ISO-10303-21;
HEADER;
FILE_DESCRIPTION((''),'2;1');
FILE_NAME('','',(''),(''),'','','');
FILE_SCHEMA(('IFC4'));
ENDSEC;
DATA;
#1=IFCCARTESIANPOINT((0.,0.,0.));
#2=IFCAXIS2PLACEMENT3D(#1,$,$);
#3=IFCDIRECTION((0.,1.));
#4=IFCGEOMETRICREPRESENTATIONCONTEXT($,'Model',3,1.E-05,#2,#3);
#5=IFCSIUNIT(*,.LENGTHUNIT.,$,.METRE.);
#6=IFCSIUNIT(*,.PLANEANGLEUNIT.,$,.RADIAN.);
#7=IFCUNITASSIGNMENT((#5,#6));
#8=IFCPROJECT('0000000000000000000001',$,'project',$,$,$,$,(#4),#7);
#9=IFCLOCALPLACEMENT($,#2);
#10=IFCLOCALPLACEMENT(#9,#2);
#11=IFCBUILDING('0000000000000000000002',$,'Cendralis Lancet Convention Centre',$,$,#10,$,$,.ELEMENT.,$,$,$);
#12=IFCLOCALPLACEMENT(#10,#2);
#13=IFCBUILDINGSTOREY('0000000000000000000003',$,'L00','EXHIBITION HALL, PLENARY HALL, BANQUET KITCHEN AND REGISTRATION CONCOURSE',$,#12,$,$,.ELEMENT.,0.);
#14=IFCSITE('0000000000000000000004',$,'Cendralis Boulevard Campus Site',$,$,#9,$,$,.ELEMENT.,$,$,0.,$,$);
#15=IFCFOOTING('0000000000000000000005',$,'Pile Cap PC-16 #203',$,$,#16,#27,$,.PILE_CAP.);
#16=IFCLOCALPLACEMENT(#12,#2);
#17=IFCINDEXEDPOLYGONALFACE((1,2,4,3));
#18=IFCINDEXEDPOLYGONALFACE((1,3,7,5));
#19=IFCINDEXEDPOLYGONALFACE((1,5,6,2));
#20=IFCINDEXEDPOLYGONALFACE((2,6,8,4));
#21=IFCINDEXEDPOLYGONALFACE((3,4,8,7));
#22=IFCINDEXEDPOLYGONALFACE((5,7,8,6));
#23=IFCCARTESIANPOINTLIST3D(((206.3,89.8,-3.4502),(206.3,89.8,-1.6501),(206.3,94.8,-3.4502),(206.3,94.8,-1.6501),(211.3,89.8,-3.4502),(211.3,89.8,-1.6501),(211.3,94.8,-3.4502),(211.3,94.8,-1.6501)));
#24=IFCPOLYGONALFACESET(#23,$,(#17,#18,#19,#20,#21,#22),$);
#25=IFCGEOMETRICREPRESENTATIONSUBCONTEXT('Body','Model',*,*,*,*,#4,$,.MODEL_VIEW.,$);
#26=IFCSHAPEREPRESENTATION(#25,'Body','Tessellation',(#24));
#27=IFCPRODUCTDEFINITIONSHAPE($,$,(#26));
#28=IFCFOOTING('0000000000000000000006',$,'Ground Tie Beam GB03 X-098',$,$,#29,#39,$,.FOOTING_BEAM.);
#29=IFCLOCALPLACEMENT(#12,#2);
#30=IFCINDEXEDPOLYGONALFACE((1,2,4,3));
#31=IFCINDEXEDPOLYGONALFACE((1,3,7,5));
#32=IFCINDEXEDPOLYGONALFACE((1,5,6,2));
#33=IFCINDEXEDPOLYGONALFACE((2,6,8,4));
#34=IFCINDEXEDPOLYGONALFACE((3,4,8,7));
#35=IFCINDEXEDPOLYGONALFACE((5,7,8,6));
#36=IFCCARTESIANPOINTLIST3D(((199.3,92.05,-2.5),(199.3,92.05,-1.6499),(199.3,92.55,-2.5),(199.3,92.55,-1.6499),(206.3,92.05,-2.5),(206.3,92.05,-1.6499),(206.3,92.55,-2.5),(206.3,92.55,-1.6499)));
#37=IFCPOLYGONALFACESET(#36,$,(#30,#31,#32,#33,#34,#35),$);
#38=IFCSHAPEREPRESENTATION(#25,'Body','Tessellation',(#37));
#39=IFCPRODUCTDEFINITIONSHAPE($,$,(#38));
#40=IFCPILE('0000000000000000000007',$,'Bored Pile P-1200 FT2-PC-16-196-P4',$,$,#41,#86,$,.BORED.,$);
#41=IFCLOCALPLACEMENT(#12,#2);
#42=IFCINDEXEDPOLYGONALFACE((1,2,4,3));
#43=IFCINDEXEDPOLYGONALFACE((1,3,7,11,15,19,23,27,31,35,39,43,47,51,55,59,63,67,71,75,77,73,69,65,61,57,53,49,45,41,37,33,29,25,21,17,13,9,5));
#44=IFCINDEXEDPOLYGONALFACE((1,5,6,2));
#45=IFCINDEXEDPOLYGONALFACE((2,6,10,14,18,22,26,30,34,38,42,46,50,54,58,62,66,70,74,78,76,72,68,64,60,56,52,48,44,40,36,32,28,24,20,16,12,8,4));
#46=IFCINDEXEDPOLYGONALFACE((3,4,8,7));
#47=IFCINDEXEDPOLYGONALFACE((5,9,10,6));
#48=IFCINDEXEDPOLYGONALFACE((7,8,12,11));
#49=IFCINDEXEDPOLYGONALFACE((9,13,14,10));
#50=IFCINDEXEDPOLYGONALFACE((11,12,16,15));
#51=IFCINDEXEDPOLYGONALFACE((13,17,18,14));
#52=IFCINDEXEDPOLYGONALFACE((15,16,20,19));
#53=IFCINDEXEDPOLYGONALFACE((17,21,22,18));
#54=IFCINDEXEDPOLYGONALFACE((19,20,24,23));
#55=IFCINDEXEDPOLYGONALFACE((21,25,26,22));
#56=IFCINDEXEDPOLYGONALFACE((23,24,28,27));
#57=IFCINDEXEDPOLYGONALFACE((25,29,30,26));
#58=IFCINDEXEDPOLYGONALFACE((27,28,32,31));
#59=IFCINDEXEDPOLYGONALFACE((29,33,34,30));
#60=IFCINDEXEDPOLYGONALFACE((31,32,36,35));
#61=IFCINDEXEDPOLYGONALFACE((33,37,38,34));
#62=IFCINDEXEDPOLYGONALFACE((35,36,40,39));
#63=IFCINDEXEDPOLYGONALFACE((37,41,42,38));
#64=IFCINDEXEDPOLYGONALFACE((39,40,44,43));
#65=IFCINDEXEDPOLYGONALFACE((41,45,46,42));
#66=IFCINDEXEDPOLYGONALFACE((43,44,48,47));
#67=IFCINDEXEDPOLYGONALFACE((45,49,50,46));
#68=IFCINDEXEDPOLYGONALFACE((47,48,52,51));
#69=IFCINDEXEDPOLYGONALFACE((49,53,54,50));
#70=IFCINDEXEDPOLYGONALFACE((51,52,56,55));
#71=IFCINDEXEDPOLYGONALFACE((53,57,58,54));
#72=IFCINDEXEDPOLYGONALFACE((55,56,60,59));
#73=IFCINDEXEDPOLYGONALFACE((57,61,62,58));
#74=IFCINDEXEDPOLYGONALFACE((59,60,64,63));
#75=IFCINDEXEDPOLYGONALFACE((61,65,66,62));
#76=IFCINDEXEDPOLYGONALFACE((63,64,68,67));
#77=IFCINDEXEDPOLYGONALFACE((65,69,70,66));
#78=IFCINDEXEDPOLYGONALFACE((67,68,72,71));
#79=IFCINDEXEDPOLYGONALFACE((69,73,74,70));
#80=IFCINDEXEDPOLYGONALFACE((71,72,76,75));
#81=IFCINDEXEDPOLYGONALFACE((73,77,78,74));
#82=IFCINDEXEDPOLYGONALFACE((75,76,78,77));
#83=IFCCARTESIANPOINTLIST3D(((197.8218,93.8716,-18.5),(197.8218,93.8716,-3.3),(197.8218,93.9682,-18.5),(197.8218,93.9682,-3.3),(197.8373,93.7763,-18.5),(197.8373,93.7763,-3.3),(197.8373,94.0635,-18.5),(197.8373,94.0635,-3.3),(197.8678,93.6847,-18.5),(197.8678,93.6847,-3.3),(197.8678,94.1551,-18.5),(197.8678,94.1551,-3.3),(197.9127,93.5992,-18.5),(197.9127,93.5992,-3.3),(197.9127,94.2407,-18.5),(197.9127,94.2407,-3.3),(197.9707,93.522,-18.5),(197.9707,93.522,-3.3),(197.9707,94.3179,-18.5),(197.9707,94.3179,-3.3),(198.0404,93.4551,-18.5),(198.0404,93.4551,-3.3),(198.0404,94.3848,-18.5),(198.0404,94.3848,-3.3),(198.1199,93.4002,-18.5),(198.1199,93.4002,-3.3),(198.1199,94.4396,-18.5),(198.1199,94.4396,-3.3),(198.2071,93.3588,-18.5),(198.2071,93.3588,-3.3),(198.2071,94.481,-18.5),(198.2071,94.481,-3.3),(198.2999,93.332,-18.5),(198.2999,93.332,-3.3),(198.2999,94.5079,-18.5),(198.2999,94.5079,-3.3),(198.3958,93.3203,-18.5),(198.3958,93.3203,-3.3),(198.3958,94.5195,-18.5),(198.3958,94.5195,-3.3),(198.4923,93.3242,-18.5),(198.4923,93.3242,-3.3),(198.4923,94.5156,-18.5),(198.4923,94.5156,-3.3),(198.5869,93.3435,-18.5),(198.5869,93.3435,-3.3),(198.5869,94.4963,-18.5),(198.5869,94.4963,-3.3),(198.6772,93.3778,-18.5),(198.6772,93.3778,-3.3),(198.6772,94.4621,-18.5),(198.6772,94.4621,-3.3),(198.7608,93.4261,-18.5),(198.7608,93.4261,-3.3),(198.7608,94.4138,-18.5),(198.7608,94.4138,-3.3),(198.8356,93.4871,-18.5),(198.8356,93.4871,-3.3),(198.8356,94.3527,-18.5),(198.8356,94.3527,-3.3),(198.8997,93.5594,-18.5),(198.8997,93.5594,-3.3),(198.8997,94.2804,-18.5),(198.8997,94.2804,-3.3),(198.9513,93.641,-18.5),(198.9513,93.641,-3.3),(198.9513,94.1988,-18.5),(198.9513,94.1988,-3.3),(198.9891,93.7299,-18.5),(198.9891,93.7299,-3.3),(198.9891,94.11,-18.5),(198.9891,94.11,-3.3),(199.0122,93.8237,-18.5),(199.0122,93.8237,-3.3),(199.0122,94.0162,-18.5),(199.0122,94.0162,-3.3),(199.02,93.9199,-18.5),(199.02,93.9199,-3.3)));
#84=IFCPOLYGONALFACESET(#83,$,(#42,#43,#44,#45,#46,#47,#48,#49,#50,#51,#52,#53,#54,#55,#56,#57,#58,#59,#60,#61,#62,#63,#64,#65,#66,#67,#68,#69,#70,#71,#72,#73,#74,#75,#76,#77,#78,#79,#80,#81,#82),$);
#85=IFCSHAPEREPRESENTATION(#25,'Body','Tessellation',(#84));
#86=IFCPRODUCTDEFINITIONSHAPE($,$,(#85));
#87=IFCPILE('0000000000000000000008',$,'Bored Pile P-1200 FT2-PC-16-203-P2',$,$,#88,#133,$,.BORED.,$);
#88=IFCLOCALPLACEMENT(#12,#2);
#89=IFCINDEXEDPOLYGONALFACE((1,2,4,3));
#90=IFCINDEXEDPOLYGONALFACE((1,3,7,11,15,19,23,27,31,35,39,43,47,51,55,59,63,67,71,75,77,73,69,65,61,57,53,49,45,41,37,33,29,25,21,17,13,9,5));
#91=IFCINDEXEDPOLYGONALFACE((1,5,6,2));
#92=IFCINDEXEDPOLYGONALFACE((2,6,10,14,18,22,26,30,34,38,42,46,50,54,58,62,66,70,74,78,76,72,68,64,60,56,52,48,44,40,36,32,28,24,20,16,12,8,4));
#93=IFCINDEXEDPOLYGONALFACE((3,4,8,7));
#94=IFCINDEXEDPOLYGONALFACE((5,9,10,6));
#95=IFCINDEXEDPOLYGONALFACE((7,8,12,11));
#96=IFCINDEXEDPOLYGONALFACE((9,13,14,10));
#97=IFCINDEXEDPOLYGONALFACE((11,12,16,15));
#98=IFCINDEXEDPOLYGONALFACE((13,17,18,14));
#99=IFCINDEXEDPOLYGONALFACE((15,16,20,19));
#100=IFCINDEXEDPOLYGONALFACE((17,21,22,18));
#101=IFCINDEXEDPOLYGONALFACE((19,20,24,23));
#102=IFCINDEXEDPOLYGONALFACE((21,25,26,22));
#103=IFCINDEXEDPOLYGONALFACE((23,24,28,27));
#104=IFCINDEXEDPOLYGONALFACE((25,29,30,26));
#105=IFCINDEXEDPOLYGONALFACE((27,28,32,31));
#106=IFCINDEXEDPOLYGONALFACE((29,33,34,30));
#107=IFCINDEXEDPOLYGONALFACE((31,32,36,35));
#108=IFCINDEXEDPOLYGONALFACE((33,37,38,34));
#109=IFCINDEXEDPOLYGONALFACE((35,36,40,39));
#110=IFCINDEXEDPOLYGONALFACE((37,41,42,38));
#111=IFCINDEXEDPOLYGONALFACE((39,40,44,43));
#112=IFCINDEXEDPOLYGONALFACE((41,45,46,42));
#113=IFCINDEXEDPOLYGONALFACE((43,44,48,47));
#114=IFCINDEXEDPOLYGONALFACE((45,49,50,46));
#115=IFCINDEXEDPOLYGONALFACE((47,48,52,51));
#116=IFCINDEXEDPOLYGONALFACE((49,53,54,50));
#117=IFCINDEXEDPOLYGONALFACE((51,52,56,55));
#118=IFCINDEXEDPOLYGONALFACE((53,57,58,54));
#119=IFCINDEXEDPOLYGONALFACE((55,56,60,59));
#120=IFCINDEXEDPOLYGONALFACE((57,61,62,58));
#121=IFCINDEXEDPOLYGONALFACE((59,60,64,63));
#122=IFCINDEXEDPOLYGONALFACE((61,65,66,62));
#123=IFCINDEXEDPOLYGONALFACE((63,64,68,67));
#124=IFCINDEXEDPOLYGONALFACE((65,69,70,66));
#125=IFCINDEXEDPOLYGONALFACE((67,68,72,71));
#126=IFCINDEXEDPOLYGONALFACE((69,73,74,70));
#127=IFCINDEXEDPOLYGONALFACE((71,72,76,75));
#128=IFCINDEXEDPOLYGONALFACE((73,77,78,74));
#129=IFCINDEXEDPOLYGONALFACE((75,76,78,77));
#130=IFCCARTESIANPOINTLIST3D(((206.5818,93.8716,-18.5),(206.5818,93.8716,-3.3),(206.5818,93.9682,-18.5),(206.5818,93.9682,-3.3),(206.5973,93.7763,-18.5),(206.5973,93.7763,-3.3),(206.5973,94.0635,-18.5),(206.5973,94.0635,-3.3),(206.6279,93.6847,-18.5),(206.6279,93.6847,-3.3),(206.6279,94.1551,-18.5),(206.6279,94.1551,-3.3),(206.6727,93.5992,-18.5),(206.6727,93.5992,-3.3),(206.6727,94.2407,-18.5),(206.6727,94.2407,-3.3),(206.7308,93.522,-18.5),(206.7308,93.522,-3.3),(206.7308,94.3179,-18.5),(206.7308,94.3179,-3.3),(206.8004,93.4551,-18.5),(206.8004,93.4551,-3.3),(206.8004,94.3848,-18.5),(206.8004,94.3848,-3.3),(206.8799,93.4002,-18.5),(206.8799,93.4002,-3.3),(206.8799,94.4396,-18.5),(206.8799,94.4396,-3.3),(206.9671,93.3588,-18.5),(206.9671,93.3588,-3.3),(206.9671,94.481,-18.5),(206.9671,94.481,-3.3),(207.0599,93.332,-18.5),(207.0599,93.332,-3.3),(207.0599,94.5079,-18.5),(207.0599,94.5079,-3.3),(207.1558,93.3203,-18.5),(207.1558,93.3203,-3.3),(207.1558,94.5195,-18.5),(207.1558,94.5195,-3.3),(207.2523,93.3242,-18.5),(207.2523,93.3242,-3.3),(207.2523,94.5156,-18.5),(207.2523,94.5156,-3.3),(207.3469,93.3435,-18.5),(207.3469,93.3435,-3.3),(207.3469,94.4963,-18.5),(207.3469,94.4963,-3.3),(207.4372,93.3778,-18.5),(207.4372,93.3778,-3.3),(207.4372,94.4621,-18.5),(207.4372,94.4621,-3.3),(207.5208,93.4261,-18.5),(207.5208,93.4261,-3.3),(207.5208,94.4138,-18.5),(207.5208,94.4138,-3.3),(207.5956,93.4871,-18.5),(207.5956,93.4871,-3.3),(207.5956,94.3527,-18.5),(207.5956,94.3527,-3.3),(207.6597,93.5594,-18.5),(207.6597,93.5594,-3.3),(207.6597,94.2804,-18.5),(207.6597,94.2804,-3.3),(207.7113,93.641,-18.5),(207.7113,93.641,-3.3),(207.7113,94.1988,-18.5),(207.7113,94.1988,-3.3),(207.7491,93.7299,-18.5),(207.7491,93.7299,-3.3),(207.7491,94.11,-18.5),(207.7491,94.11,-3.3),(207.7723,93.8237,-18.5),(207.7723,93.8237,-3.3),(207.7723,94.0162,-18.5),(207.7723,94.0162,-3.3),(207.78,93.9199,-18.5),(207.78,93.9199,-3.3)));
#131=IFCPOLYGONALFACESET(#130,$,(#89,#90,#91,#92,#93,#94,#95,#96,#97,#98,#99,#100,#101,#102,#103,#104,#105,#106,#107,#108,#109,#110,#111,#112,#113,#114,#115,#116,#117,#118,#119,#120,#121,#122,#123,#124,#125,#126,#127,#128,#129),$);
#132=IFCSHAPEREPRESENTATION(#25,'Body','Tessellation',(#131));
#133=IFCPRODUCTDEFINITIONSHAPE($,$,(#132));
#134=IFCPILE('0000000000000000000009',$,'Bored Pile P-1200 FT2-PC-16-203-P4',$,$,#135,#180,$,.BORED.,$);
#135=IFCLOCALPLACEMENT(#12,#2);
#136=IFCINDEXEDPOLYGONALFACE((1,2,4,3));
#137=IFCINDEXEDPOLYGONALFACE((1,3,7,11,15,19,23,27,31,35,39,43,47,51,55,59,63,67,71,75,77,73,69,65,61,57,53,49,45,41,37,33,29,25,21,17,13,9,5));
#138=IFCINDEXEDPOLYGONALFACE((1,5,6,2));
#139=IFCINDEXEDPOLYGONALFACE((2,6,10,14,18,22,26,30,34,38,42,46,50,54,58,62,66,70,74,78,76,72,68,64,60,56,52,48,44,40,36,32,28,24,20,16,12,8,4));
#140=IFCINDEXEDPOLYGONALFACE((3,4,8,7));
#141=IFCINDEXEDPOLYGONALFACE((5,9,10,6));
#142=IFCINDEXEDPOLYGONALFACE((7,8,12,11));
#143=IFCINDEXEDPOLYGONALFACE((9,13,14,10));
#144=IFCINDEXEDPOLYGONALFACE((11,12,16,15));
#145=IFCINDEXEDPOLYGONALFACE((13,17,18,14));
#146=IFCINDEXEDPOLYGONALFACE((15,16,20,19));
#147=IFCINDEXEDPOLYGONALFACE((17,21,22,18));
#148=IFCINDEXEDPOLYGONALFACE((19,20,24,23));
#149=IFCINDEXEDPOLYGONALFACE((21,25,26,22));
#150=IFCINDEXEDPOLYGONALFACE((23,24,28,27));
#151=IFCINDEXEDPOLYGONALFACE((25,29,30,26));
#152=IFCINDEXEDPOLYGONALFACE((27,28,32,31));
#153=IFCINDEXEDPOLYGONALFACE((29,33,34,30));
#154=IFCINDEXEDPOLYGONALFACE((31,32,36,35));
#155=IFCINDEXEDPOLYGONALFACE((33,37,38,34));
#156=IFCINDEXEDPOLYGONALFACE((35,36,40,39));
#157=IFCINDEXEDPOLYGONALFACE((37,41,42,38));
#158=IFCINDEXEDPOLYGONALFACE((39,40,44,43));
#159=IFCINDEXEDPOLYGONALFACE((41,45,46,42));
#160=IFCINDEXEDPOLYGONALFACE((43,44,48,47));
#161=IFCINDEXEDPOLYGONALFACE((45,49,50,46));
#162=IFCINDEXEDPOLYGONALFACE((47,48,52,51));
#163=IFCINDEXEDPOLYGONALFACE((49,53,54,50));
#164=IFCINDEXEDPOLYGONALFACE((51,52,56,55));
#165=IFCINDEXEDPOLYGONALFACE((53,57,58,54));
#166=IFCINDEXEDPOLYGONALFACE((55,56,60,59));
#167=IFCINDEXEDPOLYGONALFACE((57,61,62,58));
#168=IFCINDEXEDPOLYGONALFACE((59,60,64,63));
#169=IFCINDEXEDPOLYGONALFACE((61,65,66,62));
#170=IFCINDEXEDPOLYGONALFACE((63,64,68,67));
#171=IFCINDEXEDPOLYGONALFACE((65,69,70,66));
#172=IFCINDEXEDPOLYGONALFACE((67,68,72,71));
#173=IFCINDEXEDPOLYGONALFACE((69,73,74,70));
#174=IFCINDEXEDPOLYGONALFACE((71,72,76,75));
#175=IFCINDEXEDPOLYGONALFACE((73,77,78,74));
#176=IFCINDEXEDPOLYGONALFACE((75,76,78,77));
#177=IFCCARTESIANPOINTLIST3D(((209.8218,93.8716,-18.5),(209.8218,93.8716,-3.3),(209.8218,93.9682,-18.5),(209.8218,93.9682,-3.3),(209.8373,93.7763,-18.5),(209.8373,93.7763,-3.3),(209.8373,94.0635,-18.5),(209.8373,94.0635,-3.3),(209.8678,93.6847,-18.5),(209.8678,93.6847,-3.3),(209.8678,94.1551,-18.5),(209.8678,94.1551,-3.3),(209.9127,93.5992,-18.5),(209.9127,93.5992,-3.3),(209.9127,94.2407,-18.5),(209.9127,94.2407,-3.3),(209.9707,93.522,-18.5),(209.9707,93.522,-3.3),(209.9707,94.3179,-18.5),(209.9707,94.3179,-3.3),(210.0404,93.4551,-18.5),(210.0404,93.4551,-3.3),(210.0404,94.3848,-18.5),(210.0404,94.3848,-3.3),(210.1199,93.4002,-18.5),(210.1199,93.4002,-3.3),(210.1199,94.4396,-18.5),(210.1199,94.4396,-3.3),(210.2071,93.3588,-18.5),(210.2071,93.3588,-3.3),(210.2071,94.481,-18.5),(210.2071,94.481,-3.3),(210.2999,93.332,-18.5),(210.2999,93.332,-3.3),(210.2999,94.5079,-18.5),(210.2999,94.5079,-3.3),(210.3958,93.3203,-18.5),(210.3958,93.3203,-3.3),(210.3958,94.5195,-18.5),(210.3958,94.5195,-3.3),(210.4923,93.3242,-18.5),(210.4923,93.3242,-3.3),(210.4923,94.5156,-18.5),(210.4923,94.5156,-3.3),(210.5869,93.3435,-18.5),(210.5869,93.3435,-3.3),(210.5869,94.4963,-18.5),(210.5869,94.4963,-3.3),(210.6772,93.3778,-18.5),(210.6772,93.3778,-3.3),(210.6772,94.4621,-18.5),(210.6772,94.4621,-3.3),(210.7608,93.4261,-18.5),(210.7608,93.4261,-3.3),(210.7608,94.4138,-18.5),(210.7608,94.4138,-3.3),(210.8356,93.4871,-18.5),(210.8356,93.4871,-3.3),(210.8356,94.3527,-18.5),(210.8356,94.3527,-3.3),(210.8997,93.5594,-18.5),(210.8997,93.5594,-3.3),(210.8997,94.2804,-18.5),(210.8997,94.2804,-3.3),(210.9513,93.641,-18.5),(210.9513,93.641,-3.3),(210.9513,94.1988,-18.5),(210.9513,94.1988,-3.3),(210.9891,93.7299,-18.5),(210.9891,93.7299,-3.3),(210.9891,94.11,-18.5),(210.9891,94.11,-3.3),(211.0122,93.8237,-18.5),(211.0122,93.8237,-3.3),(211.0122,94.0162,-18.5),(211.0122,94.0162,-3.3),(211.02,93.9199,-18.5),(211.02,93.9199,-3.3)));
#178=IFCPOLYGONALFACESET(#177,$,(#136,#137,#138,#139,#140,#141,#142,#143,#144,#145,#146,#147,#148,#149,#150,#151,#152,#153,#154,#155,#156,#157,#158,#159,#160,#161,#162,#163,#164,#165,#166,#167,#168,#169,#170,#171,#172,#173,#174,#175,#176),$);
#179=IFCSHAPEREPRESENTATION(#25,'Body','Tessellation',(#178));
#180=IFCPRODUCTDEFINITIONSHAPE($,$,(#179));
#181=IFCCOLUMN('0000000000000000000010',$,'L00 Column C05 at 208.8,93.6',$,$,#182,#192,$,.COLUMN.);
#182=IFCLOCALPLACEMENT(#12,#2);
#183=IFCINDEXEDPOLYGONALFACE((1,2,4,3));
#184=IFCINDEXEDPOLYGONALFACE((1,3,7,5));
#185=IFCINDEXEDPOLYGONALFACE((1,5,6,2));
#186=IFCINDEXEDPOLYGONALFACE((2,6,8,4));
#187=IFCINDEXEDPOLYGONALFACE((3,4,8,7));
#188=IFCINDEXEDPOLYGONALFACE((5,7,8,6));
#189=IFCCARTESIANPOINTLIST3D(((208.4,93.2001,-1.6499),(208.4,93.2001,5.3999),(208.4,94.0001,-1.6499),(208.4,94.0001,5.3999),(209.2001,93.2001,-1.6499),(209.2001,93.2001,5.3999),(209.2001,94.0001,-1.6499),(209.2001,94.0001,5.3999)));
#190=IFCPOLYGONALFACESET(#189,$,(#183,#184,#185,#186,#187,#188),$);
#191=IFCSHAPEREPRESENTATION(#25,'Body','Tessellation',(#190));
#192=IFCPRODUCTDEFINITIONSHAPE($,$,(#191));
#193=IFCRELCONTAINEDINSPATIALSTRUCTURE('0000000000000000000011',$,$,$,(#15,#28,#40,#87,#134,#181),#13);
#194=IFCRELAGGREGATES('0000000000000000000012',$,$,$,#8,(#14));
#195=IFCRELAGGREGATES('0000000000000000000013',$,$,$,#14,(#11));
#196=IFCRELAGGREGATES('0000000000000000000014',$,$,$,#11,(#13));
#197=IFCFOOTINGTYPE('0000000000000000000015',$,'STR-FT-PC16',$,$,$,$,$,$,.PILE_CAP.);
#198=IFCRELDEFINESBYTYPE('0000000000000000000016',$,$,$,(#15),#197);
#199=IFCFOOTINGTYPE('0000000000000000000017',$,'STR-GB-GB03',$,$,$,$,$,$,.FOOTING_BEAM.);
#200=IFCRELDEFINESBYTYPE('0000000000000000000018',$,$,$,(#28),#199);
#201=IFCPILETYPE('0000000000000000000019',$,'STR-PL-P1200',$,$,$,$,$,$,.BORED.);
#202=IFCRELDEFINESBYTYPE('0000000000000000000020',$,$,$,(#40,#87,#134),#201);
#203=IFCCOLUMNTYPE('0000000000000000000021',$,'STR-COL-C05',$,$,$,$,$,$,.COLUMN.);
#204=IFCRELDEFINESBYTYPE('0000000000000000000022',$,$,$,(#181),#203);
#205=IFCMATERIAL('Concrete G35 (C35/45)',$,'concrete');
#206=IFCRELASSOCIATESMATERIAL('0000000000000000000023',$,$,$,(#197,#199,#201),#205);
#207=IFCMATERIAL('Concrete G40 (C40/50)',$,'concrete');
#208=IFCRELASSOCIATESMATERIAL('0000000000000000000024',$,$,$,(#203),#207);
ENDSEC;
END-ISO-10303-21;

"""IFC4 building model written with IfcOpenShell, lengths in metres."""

from ifc_helpers import new_model, si_unit, direction, frame, origin, origin_2d, place, context, subcontext, project, spatial, rectangle, circle, extrude, material, material_profile, profile_set, type_object, element, save


model = new_model("IFC4")

# Units and contexts
model_context = context("Model", 3, precision=1e-05, world=origin(), true_north=direction((0.0, 1.0)))
body_context = subcontext(model_context, "Body", "Model", "MODEL_VIEW")
ifc_project = project(units=[si_unit("LENGTHUNIT", "METRE"), si_unit("PLANEANGLEUNIT", "RADIAN")], contexts=[model_context])

# Site, building, storey
site_placement = place(None, origin())
site = spatial("IfcSite", under=ifc_project, at=site_placement, Name="Cendralis Boulevard Campus Site", CompositionType="ELEMENT", RefElevation=0.0)
building_placement = place(site_placement, origin())
building = spatial("IfcBuilding", under=site, at=building_placement, Name="Cendralis Lancet Convention Centre", CompositionType="ELEMENT")
storey_placement = place(building_placement, origin())
storey = spatial("IfcBuildingStorey", under=building, at=storey_placement, Name="L00", Description="EXHIBITION HALL, PLENARY HALL, BANQUET KITCHEN AND REGISTRATION CONCOURSE", CompositionType="ELEMENT", Elevation=0.0)

# Footings
ifc_material_1 = material(Name="Concrete G35 (C35/45)", Category="concrete")
footing_type_1 = type_object("IfcFootingType", Name="STR-FT-PC16", PredefinedType="PILE_CAP", material=ifc_material_1)
footing_1_placement = place(storey_placement, frame((208.8, 92.3, -3.4502), z_axis=(0.0, 0.0, 1.0), x_axis=(1.0, 0.0, 0.0)))
element("IfcFooting", 1, at=footing_1_placement, inside=storey, type_object=footing_type_1, Name="Pile Cap PC-16 #203", PredefinedType="PILE_CAP", context=body_context, shape_type="SweptSolid", body=[
    extrude(rectangle(XDim=5.0, YDim=5.0, at=origin_2d()), origin(), (0.0, 0.0, 1.0), 1.8),
])
ifc_material_profile_1 = material_profile(ifc_material_1, rectangle(XDim=0.5, YDim=0.8501, at=origin_2d()), Name="RCB 500x850")
ifc_profile_set_1 = profile_set([ifc_material_profile_1], Name="Concrete G35 (C35/45)")
footing_type_2 = type_object("IfcFootingType", Name="STR-GB-GB03", PredefinedType="FOOTING_BEAM", material=ifc_profile_set_1)
footing_2_placement = place(storey_placement, frame((199.3, 92.3, -2.075), z_axis=(1.0, 0.0, 0.0), x_axis=(0.0, 1.0, 0.0)))
element("IfcFooting", 2, at=footing_2_placement, inside=storey, type_object=footing_type_2, Name="Ground Tie Beam GB03 X-098", PredefinedType="FOOTING_BEAM", context=body_context, shape_type="SweptSolid", body=[
    extrude(rectangle(XDim=0.5, YDim=0.8501, at=origin_2d()), origin(), (0.0, 0.0, 1.0), 7.0),
])

# Piles
ifc_material_profile_2 = material_profile(ifc_material_1, circle(Radius=0.6001, at=origin_2d()), Name="BORED PILE D1200")
ifc_profile_set_2 = profile_set([ifc_material_profile_2], Name="Concrete G35 (C35/45)")
pile_type = type_object("IfcPileType", Name="STR-PL-P1200", PredefinedType="BORED", material=ifc_profile_set_2)
for number, where, z_axis, x_axis, name in (
    (3, (198.4199, 93.9199, -3.3), (0.0, 0.0, -1.0), (1.0, 0.0, 0.0), "Bored Pile P-1200 FT2-PC-16-196-P4"),
    (4, (207.1799, 93.9199, -3.3), (0.0, 0.0, -1.0), (1.0, 0.0, 0.0), "Bored Pile P-1200 FT2-PC-16-203-P2"),
    (5, (210.4199, 93.9199, -3.3), (0.0, 0.0, -1.0), (1.0, 0.0, 0.0), "Bored Pile P-1200 FT2-PC-16-203-P4"),
):
    element("IfcPile", number, at=place(storey_placement, frame(where, z_axis=z_axis, x_axis=x_axis)), inside=storey, type_object=pile_type, Name=name, PredefinedType="BORED", context=body_context, shape_type="SweptSolid", body=[
        extrude(circle(Radius=0.6001, at=origin_2d()), origin(), (0.0, 0.0, 1.0), 15.2),
    ])

# Column
ifc_material_2 = material(Name="Concrete G40 (C40/50)", Category="concrete")
ifc_material_profile_3 = material_profile(ifc_material_2, rectangle(XDim=0.8, YDim=0.8, at=origin_2d()), Name="RC 800x800")
ifc_profile_set_3 = profile_set([ifc_material_profile_3], Name="Concrete G40 (C40/50)")
column_type_1 = type_object("IfcColumnType", Name="STR-COL-C05", PredefinedType="COLUMN", material=ifc_profile_set_3)
column_1_placement = place(storey_placement, frame((208.8, 93.6001, -1.6499), z_axis=(0.0, 0.0, 1.0), x_axis=(1.0, 0.0, 0.0)))
element("IfcColumn", 6, at=column_1_placement, inside=storey, type_object=column_type_1, Name="L00 Column C05 at 208.8,93.6", PredefinedType="COLUMN", context=body_context, shape_type="SweptSolid", body=[
    extrude(rectangle(XDim=0.8, YDim=0.8, at=origin_2d()), origin(), (0.0, 0.0, 1.0), 7.0498),
])

save(model, "model.ifc")
